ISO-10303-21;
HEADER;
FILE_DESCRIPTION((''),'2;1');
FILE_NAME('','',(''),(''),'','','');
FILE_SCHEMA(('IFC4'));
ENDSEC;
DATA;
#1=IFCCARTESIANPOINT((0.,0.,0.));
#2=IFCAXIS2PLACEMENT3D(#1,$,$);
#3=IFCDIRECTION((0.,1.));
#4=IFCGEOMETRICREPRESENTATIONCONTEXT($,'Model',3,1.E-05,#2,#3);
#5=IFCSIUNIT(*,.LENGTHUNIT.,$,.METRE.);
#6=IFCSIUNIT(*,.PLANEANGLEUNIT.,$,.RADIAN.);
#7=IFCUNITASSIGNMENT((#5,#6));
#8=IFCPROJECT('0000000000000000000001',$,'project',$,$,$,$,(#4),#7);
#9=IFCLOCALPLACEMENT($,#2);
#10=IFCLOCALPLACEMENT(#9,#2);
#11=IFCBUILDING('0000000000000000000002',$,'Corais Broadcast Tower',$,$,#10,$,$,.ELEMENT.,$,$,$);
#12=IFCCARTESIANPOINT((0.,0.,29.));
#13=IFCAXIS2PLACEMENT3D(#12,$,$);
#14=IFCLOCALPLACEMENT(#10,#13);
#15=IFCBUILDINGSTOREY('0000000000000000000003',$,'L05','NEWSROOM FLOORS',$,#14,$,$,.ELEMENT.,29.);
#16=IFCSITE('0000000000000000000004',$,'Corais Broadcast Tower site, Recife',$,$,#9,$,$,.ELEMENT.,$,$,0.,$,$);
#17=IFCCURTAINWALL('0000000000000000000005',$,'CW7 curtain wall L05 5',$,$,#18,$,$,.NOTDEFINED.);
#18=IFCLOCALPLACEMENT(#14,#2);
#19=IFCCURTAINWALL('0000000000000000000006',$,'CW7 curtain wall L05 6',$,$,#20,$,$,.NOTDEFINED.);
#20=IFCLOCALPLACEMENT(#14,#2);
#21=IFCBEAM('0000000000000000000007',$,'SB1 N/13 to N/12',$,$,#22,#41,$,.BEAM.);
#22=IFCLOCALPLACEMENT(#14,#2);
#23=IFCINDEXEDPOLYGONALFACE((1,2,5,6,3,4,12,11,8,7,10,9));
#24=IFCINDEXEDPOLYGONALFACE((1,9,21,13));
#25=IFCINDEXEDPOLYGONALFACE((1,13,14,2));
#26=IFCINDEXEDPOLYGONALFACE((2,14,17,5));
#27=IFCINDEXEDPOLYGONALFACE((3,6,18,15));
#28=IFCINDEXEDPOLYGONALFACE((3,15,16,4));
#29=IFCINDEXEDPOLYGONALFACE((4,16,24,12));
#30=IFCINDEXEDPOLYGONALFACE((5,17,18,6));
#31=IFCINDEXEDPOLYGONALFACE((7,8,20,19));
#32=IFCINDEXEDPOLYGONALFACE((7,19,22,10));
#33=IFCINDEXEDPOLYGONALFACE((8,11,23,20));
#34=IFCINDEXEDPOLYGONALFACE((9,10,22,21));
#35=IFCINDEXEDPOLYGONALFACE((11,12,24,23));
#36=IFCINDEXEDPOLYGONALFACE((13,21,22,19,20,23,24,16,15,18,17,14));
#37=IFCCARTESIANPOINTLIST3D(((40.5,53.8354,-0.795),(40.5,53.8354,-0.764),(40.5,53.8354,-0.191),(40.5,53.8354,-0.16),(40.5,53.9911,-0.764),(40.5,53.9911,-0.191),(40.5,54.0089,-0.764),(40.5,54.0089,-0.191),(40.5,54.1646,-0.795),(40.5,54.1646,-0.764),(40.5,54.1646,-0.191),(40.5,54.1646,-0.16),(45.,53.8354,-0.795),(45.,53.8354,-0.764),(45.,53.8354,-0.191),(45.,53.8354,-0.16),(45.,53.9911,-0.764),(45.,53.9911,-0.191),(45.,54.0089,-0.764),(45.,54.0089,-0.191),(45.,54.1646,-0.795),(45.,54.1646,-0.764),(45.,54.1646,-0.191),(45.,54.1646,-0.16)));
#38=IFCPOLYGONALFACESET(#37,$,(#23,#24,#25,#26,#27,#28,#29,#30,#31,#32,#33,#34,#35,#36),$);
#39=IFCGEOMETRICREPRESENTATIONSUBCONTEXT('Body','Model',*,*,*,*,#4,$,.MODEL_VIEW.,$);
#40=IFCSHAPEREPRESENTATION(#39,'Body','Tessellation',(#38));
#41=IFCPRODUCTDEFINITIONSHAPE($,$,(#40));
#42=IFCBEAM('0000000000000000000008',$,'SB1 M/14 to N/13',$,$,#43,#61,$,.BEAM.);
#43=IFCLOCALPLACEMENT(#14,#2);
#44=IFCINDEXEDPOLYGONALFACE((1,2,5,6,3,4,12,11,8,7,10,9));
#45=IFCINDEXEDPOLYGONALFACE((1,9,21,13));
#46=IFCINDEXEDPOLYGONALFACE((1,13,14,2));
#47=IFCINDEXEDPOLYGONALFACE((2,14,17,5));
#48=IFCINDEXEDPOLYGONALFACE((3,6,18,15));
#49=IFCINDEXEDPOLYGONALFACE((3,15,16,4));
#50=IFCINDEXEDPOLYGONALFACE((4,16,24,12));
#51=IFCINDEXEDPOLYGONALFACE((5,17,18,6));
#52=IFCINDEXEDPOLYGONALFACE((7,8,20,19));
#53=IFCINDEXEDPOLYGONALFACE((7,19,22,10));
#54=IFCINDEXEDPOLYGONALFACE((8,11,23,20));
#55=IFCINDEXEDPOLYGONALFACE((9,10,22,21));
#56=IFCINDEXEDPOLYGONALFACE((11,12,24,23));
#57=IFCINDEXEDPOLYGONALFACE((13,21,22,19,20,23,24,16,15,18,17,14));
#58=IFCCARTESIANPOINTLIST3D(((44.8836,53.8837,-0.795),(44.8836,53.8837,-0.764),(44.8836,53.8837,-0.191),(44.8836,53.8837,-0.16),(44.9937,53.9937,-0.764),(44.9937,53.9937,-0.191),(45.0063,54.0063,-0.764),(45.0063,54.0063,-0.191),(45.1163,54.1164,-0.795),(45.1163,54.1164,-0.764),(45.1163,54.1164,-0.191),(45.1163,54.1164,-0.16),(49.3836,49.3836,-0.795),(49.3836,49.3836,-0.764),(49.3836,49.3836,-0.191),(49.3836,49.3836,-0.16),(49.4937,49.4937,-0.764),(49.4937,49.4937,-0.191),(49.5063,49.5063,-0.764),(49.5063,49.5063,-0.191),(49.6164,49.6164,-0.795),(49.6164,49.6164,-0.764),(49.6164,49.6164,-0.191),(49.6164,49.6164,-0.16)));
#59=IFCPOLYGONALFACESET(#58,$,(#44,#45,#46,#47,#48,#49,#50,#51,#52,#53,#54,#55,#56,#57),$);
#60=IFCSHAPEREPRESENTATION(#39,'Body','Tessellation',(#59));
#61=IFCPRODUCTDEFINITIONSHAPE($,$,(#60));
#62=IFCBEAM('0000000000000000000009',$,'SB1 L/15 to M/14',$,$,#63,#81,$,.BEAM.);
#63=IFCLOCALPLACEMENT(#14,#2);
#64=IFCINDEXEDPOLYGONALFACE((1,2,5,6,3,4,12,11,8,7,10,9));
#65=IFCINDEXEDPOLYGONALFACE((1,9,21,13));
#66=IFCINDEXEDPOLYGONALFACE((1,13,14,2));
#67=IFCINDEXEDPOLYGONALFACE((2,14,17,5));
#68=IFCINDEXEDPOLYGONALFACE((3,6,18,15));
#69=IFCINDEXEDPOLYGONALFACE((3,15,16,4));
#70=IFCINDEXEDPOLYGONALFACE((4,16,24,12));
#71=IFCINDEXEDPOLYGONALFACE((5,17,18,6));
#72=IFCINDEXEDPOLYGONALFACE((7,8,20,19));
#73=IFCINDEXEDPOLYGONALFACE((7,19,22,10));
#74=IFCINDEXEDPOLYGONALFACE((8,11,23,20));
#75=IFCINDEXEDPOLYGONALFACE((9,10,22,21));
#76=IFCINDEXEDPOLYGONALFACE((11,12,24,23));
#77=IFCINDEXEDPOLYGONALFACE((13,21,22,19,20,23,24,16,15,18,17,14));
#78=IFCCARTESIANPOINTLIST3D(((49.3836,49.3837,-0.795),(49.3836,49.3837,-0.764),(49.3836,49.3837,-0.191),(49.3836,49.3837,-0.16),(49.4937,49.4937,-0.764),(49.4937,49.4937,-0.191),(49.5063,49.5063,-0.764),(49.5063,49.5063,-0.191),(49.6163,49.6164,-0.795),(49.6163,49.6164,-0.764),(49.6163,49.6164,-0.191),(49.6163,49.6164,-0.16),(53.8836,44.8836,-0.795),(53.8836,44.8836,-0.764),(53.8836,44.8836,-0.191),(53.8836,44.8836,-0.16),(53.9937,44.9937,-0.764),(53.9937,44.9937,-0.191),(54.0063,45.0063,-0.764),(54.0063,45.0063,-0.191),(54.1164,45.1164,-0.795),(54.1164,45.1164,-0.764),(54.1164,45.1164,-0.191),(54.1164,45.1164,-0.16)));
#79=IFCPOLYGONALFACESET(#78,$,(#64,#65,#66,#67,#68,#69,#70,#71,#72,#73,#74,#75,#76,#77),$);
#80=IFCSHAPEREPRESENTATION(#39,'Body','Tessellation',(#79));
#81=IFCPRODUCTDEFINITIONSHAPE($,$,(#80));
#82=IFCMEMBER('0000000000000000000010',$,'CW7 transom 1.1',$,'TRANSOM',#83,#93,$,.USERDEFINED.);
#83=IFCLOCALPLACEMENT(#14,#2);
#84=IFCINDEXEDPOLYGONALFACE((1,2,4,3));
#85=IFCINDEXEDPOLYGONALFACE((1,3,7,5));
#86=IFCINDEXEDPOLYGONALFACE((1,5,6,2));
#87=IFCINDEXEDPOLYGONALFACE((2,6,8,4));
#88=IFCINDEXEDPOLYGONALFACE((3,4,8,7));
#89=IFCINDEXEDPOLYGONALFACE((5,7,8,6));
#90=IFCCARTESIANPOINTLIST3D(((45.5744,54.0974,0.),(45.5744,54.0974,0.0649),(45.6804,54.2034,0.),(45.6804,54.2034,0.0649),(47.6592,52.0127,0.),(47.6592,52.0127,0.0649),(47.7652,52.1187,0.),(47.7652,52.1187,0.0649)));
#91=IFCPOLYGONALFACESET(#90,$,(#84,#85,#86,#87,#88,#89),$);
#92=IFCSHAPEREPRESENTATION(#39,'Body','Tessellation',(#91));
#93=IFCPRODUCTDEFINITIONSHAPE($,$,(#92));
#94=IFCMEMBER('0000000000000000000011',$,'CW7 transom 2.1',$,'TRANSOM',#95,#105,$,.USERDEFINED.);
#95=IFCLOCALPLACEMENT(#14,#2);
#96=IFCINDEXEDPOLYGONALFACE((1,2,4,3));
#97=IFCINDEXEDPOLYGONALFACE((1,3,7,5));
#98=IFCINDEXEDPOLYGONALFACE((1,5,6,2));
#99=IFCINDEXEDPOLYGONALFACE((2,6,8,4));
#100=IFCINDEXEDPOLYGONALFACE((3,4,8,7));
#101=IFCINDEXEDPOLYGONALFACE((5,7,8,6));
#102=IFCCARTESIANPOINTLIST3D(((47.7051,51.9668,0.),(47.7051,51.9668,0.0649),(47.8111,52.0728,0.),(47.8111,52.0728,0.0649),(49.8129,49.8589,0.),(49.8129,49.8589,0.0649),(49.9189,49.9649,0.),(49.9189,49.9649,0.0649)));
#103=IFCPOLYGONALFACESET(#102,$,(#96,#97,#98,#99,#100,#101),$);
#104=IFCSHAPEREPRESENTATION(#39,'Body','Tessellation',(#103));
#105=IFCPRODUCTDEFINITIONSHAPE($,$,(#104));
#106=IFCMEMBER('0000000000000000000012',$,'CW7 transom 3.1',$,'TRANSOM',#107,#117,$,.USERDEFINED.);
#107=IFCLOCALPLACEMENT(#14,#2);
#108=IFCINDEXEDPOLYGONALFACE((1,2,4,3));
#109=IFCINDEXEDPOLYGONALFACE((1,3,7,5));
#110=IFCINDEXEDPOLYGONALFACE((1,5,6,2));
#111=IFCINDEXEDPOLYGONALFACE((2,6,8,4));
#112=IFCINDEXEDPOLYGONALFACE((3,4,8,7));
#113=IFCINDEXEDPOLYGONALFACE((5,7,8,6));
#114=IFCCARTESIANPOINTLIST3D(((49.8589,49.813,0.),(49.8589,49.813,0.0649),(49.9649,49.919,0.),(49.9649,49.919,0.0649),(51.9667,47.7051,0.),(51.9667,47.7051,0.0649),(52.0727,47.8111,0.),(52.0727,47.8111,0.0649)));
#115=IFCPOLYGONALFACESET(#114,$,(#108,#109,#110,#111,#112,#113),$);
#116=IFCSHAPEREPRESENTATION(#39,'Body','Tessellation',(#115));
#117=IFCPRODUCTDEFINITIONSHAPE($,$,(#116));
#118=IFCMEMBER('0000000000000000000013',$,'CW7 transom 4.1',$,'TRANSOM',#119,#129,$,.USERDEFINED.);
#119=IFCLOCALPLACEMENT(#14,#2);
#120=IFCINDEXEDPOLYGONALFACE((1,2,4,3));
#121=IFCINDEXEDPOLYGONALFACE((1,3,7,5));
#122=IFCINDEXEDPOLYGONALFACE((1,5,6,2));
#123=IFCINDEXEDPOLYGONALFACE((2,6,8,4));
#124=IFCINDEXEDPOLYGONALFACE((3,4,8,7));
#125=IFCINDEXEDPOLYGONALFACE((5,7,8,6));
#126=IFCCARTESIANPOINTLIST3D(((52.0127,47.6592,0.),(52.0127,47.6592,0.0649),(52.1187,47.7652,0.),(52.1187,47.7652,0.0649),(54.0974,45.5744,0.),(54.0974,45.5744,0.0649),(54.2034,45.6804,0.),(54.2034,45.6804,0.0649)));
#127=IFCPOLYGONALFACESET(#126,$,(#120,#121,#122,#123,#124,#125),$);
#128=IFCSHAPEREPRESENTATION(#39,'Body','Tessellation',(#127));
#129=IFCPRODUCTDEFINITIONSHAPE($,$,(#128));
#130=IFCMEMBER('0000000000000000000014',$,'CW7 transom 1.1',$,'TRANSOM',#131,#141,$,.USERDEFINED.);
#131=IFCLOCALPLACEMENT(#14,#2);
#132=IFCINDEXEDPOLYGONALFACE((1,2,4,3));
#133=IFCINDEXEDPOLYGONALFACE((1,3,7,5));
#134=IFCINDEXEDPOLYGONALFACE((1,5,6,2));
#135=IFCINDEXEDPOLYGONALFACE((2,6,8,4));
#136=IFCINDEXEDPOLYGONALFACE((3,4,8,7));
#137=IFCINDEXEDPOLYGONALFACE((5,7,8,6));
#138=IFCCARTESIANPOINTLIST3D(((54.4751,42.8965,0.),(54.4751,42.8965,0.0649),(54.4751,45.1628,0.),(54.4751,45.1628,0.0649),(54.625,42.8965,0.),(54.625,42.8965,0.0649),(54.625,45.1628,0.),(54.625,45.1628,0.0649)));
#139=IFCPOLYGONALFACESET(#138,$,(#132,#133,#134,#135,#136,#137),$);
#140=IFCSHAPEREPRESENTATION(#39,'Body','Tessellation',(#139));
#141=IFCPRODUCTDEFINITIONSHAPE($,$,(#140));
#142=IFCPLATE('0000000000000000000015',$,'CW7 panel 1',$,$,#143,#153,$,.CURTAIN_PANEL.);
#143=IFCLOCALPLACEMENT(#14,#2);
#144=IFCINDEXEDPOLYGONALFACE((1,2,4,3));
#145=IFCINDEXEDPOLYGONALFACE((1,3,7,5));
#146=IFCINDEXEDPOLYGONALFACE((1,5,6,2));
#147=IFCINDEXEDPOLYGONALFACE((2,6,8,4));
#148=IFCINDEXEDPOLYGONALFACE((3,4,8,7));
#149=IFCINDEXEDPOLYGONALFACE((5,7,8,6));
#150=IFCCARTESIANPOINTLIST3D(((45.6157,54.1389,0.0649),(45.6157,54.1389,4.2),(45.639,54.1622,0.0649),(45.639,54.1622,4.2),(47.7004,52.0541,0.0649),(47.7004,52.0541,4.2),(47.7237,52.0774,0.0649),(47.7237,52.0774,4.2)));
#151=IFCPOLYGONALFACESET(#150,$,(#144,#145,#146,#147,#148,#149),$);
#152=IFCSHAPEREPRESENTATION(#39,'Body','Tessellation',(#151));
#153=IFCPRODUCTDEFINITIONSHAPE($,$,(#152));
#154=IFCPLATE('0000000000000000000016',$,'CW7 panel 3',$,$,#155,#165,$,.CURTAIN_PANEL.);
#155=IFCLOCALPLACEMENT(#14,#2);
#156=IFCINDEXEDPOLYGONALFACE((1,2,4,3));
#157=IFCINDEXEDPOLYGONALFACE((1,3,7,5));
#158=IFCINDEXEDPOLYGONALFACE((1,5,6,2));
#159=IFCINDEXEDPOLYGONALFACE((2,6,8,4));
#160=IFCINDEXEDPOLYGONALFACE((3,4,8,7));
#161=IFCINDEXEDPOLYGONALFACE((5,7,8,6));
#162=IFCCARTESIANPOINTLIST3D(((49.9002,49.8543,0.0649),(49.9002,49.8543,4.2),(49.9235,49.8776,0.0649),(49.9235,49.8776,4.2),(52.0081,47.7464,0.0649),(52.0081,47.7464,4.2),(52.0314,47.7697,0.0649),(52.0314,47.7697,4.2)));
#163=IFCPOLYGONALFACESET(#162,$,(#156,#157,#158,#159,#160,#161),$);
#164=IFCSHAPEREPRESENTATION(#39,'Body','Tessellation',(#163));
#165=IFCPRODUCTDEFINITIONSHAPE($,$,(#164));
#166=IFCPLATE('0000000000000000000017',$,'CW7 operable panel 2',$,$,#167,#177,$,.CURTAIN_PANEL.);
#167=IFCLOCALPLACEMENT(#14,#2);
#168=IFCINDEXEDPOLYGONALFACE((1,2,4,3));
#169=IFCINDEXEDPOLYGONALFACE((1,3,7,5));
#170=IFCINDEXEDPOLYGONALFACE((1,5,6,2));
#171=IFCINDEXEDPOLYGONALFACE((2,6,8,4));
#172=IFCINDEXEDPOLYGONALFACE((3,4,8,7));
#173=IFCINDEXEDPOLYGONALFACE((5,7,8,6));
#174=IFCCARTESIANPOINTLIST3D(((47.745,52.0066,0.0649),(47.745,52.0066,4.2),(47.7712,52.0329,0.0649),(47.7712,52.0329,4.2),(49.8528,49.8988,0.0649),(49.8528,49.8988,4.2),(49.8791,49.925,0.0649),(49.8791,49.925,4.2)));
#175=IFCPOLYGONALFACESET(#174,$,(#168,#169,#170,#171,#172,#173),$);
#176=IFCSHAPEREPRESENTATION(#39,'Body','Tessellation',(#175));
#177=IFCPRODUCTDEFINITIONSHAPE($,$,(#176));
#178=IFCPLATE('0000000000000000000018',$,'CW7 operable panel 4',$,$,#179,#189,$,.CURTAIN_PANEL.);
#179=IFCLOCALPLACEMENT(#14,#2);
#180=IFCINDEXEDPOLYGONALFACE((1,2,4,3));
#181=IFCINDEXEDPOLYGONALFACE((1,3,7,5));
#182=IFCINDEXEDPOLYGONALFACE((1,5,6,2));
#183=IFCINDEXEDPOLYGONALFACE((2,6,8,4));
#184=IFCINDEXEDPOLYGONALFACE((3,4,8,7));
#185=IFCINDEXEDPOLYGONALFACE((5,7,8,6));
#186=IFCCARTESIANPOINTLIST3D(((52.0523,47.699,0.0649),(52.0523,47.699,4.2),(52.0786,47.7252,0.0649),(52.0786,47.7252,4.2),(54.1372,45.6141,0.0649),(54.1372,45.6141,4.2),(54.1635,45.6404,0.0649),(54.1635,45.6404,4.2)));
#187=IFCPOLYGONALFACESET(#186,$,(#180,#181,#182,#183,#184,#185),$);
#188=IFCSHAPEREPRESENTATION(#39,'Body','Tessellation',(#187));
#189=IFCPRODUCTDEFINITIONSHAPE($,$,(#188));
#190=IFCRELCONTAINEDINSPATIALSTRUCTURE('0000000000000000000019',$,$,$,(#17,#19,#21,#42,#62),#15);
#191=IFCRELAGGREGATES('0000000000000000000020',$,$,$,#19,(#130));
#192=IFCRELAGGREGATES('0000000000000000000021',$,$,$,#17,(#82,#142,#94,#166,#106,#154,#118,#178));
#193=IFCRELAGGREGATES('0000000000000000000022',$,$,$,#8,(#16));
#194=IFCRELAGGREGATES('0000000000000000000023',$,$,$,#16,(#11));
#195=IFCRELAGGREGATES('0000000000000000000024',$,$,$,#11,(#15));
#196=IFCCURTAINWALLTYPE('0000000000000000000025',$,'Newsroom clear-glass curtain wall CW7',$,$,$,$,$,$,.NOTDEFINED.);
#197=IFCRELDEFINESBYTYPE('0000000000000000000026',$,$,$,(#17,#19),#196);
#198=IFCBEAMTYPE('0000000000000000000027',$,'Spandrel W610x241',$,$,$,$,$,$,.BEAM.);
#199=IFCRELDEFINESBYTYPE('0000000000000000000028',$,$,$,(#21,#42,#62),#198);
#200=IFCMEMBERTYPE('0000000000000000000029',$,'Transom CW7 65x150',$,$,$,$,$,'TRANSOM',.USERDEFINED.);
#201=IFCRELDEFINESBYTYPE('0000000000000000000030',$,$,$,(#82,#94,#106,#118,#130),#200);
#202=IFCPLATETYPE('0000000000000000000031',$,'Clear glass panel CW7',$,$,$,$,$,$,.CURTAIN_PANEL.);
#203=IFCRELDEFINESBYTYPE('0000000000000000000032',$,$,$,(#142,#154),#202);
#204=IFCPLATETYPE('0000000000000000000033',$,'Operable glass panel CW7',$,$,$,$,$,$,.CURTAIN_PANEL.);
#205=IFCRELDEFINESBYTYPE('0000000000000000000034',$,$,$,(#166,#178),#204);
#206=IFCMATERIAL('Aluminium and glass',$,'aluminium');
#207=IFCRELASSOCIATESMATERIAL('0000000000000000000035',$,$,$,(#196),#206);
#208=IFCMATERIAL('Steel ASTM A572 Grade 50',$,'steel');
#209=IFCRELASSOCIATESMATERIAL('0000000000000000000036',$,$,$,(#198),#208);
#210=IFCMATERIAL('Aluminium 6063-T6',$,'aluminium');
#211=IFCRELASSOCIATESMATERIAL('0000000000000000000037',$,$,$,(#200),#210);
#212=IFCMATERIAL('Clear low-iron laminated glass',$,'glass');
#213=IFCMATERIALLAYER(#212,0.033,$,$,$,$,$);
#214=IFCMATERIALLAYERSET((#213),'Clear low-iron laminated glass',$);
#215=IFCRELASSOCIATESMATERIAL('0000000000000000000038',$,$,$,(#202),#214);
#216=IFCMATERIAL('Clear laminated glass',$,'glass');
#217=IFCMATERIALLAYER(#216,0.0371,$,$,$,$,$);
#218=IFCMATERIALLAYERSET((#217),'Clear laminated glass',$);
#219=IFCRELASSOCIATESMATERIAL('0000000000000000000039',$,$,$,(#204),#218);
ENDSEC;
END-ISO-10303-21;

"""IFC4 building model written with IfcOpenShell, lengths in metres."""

from ifc_helpers import new_model, si_unit, direction, frame, origin, origin_2d, place, context, subcontext, project, spatial, rectangle, i_section, extrude, material, layer, layer_set, material_profile, profile_set, type_object, element, aggregate, save


model = new_model("IFC4")

# Units and contexts
model_context = context("Model", 3, precision=1e-05, world=origin(), true_north=direction((0.0, 1.0)))
body_context = subcontext(model_context, "Body", "Model", "MODEL_VIEW")
ifc_project = project(units=[si_unit("LENGTHUNIT", "METRE"), si_unit("PLANEANGLEUNIT", "RADIAN")], contexts=[model_context])

# Site, building, storey
site_placement = place(None, origin())
site = spatial("IfcSite", under=ifc_project, at=site_placement, Name="Corais Broadcast Tower site, Recife", CompositionType="ELEMENT", RefElevation=0.0)
building_placement = place(site_placement, origin())
building = spatial("IfcBuilding", under=site, at=building_placement, Name="Corais Broadcast Tower", CompositionType="ELEMENT")
storey_placement = place(building_placement, frame((0.0, 0.0, 29.0)))
storey = spatial("IfcBuildingStorey", under=building, at=storey_placement, Name="L05", Description="NEWSROOM FLOORS", CompositionType="ELEMENT", Elevation=29.0)

# Shared definitions
ifc_material_1 = material(Name="Aluminium and glass", Category="aluminium")
curtain_wall_type = type_object("IfcCurtainWallType", Name="Newsroom clear-glass curtain wall CW7", PredefinedType="NOTDEFINED", material=ifc_material_1)

# Curtain wall
curtain_wall_1_placement = place(storey_placement, origin())
curtain_wall_1 = element("IfcCurtainWall", 1, at=curtain_wall_1_placement, inside=storey, type_object=curtain_wall_type, Name="CW7 curtain wall L05 5", PredefinedType="NOTDEFINED")

# Curtain wall
curtain_wall_2_placement = place(storey_placement, origin())
curtain_wall_2 = element("IfcCurtainWall", 2, at=curtain_wall_2_placement, inside=storey, type_object=curtain_wall_type, Name="CW7 curtain wall L05 6", PredefinedType="NOTDEFINED")

# Beams
ifc_material_2 = material(Name="Steel ASTM A572 Grade 50", Category="steel")
ifc_material_profile_1 = material_profile(ifc_material_2, i_section(OverallWidth=0.3291, OverallDepth=0.635, WebThickness=0.0178, FlangeThickness=0.031, at=origin_2d()), Name="W610x241")
ifc_profile_set_1 = profile_set([ifc_material_profile_1], Name="Steel ASTM A572 Grade 50")
beam_type_1 = type_object("IfcBeamType", Name="Spandrel W610x241", PredefinedType="BEAM", material=ifc_profile_set_1)
beam_1_placement = place(storey_placement, frame((45.0, 54.0, -0.4775), z_axis=(-1.0, 0.0, 0.0), x_axis=(0.0, -1.0, 0.0)))
element("IfcBeam", 3, at=beam_1_placement, inside=storey, type_object=beam_type_1, Name="SB1 N/13 to N/12", PredefinedType="BEAM", context=body_context, shape_type="SweptSolid", body=[
    extrude(i_section(OverallWidth=0.3291, OverallDepth=0.635, WebThickness=0.0178, FlangeThickness=0.031, at=origin_2d()), origin(), (0.0, 0.0, 1.0), 4.5),
])
for number, where, z_axis, x_axis, name in (
    (4, (49.5, 49.5, -0.4775), (-0.707107, 0.707107, 0.0), (-0.707107, -0.707107, 0.0), "SB1 M/14 to N/13"),
    (5, (54.0, 45.0, -0.4775), (-0.707107, 0.707107, 0.0), (-0.707107, -0.707107, 0.0), "SB1 L/15 to M/14"),
):
    element("IfcBeam", number, at=place(storey_placement, frame(where, z_axis=z_axis, x_axis=x_axis)), inside=storey, type_object=beam_type_1, Name=name, PredefinedType="BEAM", context=body_context, shape_type="SweptSolid", body=[
        extrude(i_section(OverallWidth=0.3291, OverallDepth=0.635, WebThickness=0.0178, FlangeThickness=0.031, at=origin_2d()), origin(), (0.0, 0.0, 1.0), 6.364),
    ])

# Members
ifc_material_3 = material(Name="Aluminium 6063-T6", Category="aluminium")
ifc_material_profile_2 = material_profile(ifc_material_3, rectangle(XDim=0.1499, YDim=0.0649, at=origin_2d()), Name="Transom CW7 65x150")
ifc_profile_set_2 = profile_set([ifc_material_profile_2], Name="Aluminium 6063-T6")
member_type_1 = type_object("IfcMemberType", Name="Transom CW7 65x150", ElementType="TRANSOM", PredefinedType="USERDEFINED", material=ifc_profile_set_2)
member_1_placement = place(storey_placement, frame((45.6274, 54.1504, 0.0325), z_axis=(0.707107, -0.707107, 0.0), x_axis=(0.707107, 0.707107, 0.0)))
member_1 = element("IfcMember", 6, at=member_1_placement, type_object=member_type_1, Name="CW7 transom 1.1", ObjectType="TRANSOM", PredefinedType="USERDEFINED", context=body_context, shape_type="SweptSolid", body=[
    extrude(rectangle(XDim=0.1499, YDim=0.0649, at=origin_2d()), origin(), (0.0, 0.0, 1.0), 2.9482),
])
member_2_placement = place(storey_placement, frame((47.7581, 52.0198, 0.0325), z_axis=(0.707107, -0.707107, 0.0), x_axis=(0.707107, 0.707107, 0.0)))
member_2 = element("IfcMember", 7, at=member_2_placement, type_object=member_type_1, Name="CW7 transom 2.1", ObjectType="TRANSOM", PredefinedType="USERDEFINED", context=body_context, shape_type="SweptSolid", body=[
    extrude(rectangle(XDim=0.1499, YDim=0.0649, at=origin_2d()), origin(), (0.0, 0.0, 1.0), 2.981),
])
member_3_placement = place(storey_placement, frame((49.9119, 49.866, 0.0325), z_axis=(0.707107, -0.707107, 0.0), x_axis=(0.707107, 0.707107, 0.0)))
member_3 = element("IfcMember", 8, at=member_3_placement, type_object=member_type_1, Name="CW7 transom 3.1", ObjectType="TRANSOM", PredefinedType="USERDEFINED", context=body_context, shape_type="SweptSolid", body=[
    extrude(rectangle(XDim=0.1499, YDim=0.0649, at=origin_2d()), origin(), (0.0, 0.0, 1.0), 2.981),
])
member_4_placement = place(storey_placement, frame((52.0657, 47.7122, 0.0325), z_axis=(0.707107, -0.707107, 0.0), x_axis=(0.707107, 0.707107, 0.0)))
member_4 = element("IfcMember", 9, at=member_4_placement, type_object=member_type_1, Name="CW7 transom 4.1", ObjectType="TRANSOM", PredefinedType="USERDEFINED", context=body_context, shape_type="SweptSolid", body=[
    extrude(rectangle(XDim=0.1499, YDim=0.0649, at=origin_2d()), origin(), (0.0, 0.0, 1.0), 2.9482),
])
member_5_placement = place(storey_placement, frame((54.55, 45.1628, 0.0325), z_axis=(0.0, -1.0, 0.0), x_axis=(1.0, 0.0, 0.0)))
member_5 = element("IfcMember", 10, at=member_5_placement, type_object=member_type_1, Name="CW7 transom 1.1", ObjectType="TRANSOM", PredefinedType="USERDEFINED", context=body_context, shape_type="SweptSolid", body=[
    extrude(rectangle(XDim=0.1499, YDim=0.0649, at=origin_2d()), origin(), (0.0, 0.0, 1.0), 2.2664),
])
aggregate(curtain_wall_2, [member_5])

# Plates
ifc_material_4 = material(Name="Clear low-iron laminated glass", Category="glass")
ifc_layer_1 = layer(ifc_material_4, 0.033)
ifc_layer_set_1 = layer_set([ifc_layer_1], Name="Clear low-iron laminated glass")
plate_type_1 = type_object("IfcPlateType", Name="Clear glass panel CW7", PredefinedType="CURTAIN_PANEL", material=ifc_layer_set_1)
plate_1_placement = place(storey_placement, frame((46.6697, 53.1082, 0.0649), z_axis=(0.0, 0.0, 1.0), x_axis=(0.707107, -0.707107, 0.0)))
plate_1 = element("IfcPlate", 11, at=plate_1_placement, type_object=plate_type_1, Name="CW7 panel 1", PredefinedType="CURTAIN_PANEL", context=body_context, shape_type="SweptSolid", body=[
    extrude(rectangle(XDim=2.9482, YDim=0.033, at=origin_2d()), origin(), (0.0, 0.0, 1.0), 4.135),
])
plate_2_placement = place(storey_placement, frame((50.9658, 48.812, 0.0649), z_axis=(0.0, 0.0, 1.0), x_axis=(0.707107, -0.707107, 0.0)))
plate_2 = element("IfcPlate", 12, at=plate_2_placement, type_object=plate_type_1, Name="CW7 panel 3", PredefinedType="CURTAIN_PANEL", context=body_context, shape_type="SweptSolid", body=[
    extrude(rectangle(XDim=2.981, YDim=0.033, at=origin_2d()), origin(), (0.0, 0.0, 1.0), 4.135),
])
ifc_material_5 = material(Name="Clear laminated glass", Category="glass")
ifc_layer_2 = layer(ifc_material_5, 0.0371)
ifc_layer_set_2 = layer_set([ifc_layer_2], Name="Clear laminated glass")
plate_type_2 = type_object("IfcPlateType", Name="Operable glass panel CW7", PredefinedType="CURTAIN_PANEL", material=ifc_layer_set_2)
plate_3_placement = place(storey_placement, frame((48.812, 50.9658, 0.0649), z_axis=(0.0, 0.0, 1.0), x_axis=(0.707107, -0.707107, 0.0)))
plate_3 = element("IfcPlate", 13, at=plate_3_placement, type_object=plate_type_2, Name="CW7 operable panel 2", PredefinedType="CURTAIN_PANEL", context=body_context, shape_type="SweptSolid", body=[
    extrude(rectangle(XDim=2.981, YDim=0.0371, at=origin_2d()), origin(), (0.0, 0.0, 1.0), 4.135),
])
plate_4_placement = place(storey_placement, frame((53.1079, 46.6697, 0.0649), z_axis=(0.0, 0.0, 1.0), x_axis=(0.707107, -0.707107, 0.0)))
plate_4 = element("IfcPlate", 14, at=plate_4_placement, type_object=plate_type_2, Name="CW7 operable panel 4", PredefinedType="CURTAIN_PANEL", context=body_context, shape_type="SweptSolid", body=[
    extrude(rectangle(XDim=2.9485, YDim=0.0371, at=origin_2d()), origin(), (0.0, 0.0, 1.0), 4.135),
])
aggregate(curtain_wall_1, [member_1, plate_1, member_2, plate_3, member_3, plate_2, member_4, plate_4])

save(model, "model.ifc")
